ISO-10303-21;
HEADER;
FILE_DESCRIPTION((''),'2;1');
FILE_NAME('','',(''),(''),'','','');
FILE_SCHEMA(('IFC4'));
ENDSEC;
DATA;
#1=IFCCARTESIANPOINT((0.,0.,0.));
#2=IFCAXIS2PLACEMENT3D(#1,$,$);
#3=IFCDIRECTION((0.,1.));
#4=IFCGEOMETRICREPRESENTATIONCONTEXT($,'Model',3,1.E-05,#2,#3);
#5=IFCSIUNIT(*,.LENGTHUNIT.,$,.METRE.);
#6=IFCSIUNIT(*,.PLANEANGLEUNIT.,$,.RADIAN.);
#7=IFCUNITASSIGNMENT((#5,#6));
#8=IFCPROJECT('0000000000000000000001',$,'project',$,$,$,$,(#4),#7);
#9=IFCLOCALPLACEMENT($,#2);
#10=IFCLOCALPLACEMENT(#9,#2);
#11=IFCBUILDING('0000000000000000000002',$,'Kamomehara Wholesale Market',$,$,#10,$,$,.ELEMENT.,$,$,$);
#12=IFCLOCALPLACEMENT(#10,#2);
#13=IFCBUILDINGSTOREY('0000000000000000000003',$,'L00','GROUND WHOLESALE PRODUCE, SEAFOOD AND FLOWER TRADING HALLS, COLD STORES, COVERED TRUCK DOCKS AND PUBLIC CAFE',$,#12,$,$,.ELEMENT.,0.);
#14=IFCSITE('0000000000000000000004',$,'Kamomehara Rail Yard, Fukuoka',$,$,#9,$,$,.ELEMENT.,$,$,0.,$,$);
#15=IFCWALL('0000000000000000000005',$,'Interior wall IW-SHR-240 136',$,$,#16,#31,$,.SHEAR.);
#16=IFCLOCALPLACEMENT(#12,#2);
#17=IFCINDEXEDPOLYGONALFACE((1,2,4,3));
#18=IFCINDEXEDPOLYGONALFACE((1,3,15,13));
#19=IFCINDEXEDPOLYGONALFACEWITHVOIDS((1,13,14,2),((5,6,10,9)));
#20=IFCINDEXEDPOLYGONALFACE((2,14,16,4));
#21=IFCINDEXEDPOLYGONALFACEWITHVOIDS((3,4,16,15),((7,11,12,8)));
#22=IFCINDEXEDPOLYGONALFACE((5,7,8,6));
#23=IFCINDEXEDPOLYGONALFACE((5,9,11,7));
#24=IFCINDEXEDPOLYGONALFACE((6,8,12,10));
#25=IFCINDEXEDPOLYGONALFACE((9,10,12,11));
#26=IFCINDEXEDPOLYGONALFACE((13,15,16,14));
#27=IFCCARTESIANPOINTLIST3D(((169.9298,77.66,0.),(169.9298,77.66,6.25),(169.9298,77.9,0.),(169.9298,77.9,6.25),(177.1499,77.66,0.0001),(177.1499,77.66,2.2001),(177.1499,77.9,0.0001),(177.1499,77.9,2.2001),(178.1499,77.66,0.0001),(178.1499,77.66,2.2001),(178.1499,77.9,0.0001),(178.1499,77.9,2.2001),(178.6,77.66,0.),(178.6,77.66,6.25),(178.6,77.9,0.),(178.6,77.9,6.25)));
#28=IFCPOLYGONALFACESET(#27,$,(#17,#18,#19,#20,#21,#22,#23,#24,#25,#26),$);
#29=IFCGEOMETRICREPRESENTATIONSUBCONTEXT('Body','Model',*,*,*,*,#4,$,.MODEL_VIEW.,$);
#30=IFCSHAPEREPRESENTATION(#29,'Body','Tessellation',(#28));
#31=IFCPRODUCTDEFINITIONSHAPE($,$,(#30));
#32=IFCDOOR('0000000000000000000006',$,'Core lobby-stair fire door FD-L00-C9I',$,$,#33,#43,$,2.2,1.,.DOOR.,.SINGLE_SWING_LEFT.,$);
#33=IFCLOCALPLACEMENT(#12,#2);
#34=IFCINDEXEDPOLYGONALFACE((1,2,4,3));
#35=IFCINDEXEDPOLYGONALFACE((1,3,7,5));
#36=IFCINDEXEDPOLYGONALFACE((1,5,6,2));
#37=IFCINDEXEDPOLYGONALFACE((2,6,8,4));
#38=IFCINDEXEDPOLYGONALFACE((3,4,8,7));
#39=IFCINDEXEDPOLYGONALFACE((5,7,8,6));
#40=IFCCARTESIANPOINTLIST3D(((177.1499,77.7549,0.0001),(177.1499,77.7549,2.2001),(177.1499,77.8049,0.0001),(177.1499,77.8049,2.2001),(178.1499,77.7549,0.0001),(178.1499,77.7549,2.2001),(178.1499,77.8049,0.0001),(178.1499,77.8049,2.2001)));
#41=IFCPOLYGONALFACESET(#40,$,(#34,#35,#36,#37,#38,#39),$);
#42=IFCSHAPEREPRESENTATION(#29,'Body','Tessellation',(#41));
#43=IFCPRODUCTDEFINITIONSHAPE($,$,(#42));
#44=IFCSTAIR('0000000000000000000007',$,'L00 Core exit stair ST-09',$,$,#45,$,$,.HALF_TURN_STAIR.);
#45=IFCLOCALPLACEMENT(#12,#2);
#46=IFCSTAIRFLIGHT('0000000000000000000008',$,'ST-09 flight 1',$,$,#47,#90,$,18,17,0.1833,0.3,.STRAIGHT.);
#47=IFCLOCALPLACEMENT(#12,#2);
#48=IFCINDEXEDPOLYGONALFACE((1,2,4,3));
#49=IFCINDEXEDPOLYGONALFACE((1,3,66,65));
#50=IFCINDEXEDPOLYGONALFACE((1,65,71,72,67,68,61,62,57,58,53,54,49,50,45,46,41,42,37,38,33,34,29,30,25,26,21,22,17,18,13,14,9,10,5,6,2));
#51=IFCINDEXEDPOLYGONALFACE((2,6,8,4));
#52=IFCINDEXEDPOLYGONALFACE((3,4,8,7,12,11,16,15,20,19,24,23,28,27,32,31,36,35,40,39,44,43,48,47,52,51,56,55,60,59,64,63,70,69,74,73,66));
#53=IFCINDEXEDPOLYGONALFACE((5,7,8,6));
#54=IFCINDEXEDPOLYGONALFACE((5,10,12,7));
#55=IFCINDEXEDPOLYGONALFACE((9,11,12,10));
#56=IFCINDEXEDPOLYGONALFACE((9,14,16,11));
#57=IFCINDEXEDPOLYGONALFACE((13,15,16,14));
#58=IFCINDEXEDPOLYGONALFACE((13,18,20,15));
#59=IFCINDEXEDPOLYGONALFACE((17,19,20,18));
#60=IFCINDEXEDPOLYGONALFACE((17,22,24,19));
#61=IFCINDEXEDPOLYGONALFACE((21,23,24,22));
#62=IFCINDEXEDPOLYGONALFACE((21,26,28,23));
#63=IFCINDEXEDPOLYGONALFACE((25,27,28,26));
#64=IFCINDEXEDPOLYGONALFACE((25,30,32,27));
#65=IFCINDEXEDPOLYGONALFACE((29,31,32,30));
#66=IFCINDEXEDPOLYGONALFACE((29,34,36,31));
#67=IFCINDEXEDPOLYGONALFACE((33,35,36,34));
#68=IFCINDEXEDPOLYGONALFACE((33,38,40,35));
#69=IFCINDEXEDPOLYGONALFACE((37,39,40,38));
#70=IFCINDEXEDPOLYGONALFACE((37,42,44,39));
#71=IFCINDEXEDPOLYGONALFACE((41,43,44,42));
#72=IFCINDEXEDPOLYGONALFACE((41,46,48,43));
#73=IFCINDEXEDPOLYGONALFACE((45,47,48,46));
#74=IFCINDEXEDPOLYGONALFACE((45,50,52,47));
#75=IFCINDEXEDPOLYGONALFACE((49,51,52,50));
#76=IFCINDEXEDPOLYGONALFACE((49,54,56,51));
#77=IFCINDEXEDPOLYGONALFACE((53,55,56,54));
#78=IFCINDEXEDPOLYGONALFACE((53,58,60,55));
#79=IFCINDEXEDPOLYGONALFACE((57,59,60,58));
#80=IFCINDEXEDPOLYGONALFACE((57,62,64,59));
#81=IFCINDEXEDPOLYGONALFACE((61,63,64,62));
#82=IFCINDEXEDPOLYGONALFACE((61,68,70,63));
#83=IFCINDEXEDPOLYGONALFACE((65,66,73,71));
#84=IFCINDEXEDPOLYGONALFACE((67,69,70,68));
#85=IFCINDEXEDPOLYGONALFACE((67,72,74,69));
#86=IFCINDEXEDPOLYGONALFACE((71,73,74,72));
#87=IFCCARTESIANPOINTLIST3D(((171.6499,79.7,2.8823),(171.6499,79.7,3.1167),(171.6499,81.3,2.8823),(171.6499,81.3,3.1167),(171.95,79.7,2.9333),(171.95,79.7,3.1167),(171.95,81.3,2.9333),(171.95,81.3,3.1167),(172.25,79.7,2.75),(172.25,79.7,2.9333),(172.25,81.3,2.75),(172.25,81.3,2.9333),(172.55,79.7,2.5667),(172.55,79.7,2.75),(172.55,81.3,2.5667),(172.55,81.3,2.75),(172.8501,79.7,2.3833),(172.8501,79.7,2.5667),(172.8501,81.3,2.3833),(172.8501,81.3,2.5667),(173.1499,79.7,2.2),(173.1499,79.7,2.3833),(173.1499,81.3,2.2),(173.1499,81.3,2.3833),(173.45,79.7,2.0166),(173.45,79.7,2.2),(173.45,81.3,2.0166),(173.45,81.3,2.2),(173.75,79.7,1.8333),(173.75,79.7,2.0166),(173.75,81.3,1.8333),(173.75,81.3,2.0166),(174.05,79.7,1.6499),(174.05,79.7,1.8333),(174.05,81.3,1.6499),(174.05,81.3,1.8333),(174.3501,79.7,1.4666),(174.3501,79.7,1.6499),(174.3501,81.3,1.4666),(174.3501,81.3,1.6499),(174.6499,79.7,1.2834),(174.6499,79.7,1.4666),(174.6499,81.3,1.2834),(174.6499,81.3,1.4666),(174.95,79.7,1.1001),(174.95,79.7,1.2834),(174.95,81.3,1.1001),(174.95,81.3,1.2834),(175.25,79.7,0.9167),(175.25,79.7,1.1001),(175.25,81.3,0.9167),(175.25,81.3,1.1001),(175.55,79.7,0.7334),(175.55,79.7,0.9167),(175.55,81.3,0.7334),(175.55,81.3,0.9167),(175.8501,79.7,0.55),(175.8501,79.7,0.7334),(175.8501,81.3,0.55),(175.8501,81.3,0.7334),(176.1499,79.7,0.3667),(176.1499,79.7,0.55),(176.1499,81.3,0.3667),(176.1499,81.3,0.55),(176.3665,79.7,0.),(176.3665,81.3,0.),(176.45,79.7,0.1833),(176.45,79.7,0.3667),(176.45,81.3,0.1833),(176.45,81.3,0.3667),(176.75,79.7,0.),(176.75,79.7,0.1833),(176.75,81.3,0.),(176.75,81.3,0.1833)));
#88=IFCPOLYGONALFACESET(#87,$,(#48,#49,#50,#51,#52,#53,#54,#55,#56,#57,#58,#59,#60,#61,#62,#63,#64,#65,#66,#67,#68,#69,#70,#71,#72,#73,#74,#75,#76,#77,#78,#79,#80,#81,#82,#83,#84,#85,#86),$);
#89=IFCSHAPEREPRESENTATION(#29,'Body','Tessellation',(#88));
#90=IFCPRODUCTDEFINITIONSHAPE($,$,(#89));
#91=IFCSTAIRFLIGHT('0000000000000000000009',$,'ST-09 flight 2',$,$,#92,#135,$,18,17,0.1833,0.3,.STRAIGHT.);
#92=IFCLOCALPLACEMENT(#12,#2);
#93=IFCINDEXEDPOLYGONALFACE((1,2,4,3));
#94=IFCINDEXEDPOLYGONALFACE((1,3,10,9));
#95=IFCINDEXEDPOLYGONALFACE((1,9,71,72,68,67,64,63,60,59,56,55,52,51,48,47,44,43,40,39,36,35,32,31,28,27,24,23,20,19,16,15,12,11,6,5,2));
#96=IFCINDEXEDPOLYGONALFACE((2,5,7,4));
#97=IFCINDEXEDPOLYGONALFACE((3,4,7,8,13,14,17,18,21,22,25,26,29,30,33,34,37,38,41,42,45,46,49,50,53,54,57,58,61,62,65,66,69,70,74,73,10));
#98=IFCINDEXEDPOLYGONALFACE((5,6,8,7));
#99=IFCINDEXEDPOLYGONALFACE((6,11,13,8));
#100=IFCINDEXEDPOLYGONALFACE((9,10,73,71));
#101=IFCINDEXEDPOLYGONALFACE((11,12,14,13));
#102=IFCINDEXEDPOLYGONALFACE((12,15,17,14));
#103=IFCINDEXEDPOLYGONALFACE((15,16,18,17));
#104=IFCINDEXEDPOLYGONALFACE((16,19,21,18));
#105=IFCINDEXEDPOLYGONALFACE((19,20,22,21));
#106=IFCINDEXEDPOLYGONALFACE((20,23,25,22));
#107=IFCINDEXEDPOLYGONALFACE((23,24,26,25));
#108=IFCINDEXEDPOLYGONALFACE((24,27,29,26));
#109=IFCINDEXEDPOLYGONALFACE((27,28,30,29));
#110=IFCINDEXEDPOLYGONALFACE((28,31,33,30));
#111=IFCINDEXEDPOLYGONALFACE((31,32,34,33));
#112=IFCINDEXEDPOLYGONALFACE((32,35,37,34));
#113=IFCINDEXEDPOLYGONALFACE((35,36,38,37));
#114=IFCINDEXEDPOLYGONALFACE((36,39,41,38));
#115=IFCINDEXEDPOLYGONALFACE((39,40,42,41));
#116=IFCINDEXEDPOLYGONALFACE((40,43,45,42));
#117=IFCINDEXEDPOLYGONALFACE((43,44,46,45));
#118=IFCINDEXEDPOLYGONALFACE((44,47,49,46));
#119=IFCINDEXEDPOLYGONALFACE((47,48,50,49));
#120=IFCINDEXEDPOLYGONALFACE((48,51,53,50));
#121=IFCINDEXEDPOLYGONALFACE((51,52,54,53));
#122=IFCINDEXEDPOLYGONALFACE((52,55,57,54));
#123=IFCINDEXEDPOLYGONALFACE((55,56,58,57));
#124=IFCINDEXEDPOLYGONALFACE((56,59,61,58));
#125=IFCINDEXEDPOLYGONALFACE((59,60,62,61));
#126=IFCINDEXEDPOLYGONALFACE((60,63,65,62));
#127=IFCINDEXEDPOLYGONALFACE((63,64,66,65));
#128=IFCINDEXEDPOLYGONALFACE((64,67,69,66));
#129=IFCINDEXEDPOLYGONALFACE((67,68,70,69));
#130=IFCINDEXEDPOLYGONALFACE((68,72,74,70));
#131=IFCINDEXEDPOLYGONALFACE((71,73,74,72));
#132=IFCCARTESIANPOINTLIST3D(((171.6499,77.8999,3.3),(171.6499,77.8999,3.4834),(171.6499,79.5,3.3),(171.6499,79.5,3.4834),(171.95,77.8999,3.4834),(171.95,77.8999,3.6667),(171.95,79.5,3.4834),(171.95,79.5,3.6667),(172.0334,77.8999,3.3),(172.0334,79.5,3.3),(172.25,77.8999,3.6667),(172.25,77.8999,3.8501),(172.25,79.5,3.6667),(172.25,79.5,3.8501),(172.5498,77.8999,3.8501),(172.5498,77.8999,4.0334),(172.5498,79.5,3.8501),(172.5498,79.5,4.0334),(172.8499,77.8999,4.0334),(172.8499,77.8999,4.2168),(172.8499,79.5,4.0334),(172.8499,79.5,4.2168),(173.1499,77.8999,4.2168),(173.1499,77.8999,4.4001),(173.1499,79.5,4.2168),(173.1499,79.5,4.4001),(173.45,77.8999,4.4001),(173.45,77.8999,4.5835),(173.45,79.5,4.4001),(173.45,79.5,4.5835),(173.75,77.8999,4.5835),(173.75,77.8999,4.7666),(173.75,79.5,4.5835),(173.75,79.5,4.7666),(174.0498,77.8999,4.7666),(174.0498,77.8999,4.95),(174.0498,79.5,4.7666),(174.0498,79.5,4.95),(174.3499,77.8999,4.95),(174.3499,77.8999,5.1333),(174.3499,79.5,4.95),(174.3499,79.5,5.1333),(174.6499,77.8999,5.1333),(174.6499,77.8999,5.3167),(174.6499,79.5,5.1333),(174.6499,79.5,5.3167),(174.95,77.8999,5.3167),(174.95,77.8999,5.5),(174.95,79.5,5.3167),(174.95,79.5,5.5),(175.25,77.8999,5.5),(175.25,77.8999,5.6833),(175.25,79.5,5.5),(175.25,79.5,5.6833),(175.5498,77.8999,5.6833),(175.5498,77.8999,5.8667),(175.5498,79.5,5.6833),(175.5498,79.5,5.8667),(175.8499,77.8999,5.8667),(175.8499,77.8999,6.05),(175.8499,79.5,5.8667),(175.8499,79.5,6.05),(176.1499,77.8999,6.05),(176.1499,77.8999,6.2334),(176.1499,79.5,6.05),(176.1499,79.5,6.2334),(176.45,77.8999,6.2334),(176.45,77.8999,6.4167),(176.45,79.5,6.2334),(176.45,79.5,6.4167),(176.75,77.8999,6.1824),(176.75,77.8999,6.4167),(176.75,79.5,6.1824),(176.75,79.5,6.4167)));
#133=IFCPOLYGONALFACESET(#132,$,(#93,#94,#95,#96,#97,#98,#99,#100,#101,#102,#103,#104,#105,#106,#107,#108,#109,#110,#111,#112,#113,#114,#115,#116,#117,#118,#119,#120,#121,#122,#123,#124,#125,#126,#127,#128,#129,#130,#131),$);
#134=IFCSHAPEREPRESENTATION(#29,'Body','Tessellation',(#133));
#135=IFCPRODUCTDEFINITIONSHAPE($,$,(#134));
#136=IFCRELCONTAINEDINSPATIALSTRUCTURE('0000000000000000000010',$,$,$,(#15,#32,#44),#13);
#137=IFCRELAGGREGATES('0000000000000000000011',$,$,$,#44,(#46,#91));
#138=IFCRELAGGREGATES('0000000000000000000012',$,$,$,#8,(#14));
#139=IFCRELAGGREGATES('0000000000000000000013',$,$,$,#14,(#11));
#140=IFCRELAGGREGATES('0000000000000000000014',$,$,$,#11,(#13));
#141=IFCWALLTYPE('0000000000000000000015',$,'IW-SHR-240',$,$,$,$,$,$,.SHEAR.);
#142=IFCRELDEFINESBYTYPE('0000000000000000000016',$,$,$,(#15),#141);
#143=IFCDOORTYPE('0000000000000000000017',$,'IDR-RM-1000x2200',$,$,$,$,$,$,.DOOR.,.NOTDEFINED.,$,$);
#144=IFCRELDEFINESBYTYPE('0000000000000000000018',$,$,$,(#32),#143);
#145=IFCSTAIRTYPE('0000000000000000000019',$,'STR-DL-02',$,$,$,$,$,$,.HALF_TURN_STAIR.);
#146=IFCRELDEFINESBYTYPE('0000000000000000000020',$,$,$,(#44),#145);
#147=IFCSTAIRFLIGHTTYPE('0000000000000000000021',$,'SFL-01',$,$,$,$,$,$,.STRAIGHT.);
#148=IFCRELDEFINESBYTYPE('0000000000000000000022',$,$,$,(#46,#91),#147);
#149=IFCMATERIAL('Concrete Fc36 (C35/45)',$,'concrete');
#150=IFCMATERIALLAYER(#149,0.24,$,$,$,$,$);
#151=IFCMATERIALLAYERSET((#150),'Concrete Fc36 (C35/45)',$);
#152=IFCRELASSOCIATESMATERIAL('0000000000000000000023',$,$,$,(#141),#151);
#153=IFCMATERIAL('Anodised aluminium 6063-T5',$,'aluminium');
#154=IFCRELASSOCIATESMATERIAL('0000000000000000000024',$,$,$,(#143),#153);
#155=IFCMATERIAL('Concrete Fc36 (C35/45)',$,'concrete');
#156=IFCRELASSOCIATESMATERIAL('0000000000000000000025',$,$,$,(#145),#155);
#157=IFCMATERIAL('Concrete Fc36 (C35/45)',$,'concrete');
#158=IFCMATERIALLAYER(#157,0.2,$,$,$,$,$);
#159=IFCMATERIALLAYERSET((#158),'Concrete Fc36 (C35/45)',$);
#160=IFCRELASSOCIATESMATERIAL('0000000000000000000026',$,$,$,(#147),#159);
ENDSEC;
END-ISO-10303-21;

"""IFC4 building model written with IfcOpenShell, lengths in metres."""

from ifc_helpers import new_model, si_unit, direction, frame, frame_2d, origin, place, context, subcontext, project, spatial, polyline, rectangle, outline, extrude, material, layer, layer_set, type_object, element, fill, aggregate, save


model = new_model("IFC4")

# Units and contexts
model_context = context("Model", 3, precision=1e-05, world=origin(), true_north=direction((0.0, 1.0)))
body_context = subcontext(model_context, "Body", "Model", "MODEL_VIEW")
ifc_project = project(units=[si_unit("LENGTHUNIT", "METRE"), si_unit("PLANEANGLEUNIT", "RADIAN")], contexts=[model_context])

# Site, building, storey
site_placement = place(None, origin())
site = spatial("IfcSite", under=ifc_project, at=site_placement, Name="Kamomehara Rail Yard, Fukuoka", CompositionType="ELEMENT", RefElevation=0.0)
building_placement = place(site_placement, origin())
building = spatial("IfcBuilding", under=site, at=building_placement, Name="Kamomehara Wholesale Market", CompositionType="ELEMENT")
storey_placement = place(building_placement, origin())
storey = spatial("IfcBuildingStorey", under=building, at=storey_placement, Name="L00", Description="GROUND WHOLESALE PRODUCE, SEAFOOD AND FLOWER TRADING HALLS, COLD STORES, COVERED TRUCK DOCKS AND PUBLIC CAFE", CompositionType="ELEMENT", Elevation=0.0)

# Shared definitions
ifc_material_1 = material(Name="Concrete Fc36 (C35/45)", Category="concrete")
ifc_layer_1 = layer(ifc_material_1, 0.24)
ifc_layer_set_1 = layer_set([ifc_layer_1], Name="Concrete Fc36 (C35/45)")
wall_type_1 = type_object("IfcWallType", Name="IW-SHR-240", PredefinedType="SHEAR", material=ifc_layer_set_1)

# Wall, opening, door
wall_1_placement = place(storey_placement, frame((169.9299, 77.78, 0.0), z_axis=(0.0, 0.0, 1.0), x_axis=(1.0, 0.0, 0.0)))
wall_1 = element("IfcWall", 1, at=wall_1_placement, inside=storey, type_object=wall_type_1, Name="Interior wall IW-SHR-240 136", PredefinedType="SHEAR", context=body_context, shape_type="SweptSolid", body=[
    extrude(rectangle(XDim=8.6702, YDim=0.24, at=frame_2d((4.335, 0.0))), origin(), (0.0, 0.0, 1.0), 6.25),
])
opening_1_placement = place(wall_1_placement, frame((7.22, 0.0, 0.0)))
opening_1 = element("IfcOpeningElement", 2, at=opening_1_placement, cuts=wall_1, PredefinedType="OPENING", context=body_context, shape_type="SweptSolid", body=[
    extrude(rectangle(XDim=1.0, YDim=2.2, at=frame_2d((0.5, 1.1001))), frame((0.0, 0.1348, 0.0), z_axis=(0.0, -1.0, 0.0), x_axis=(1.0, 0.0, 0.0)), (0.0, 0.0, 1.0), 0.2698),
])
ifc_material_2 = material(Name="Anodised aluminium 6063-T5", Category="aluminium")
door_type_1 = type_object("IfcDoorType", Name="IDR-RM-1000x2200", OperationType="NOTDEFINED", PredefinedType="DOOR", material=ifc_material_2)
door_1_placement = place(opening_1_placement, origin())
door_1 = element("IfcDoor", 3, at=door_1_placement, inside=storey, type_object=door_type_1, Name="Core lobby-stair fire door FD-L00-C9I", OperationType="SINGLE_SWING_LEFT", OverallHeight=2.2, OverallWidth=1.0, PredefinedType="DOOR", context=body_context, shape_type="SweptSolid", body=[
    extrude(rectangle(XDim=1.0, YDim=2.2, at=frame_2d((0.5, 1.1001))), frame((0.0, 0.0249, 0.0), z_axis=(0.0, -1.0, 0.0), x_axis=(1.0, 0.0, 0.0)), (0.0, 0.0, 1.0), 0.05),
])
fill(opening_1, door_1)

# Stair, stair flights
ifc_material_3 = material(Name="Concrete Fc36 (C35/45)", Category="concrete")
stair_type = type_object("IfcStairType", Name="STR-DL-02", PredefinedType="HALF_TURN_STAIR", material=ifc_material_3)
stair_placement = place(storey_placement, origin())
stair = element("IfcStair", 4, at=stair_placement, inside=storey, type_object=stair_type, Name="L00 Core exit stair ST-09", PredefinedType="HALF_TURN_STAIR")
ifc_material_4 = material(Name="Concrete Fc36 (C35/45)", Category="concrete")
ifc_layer_2 = layer(ifc_material_4, 0.2)
ifc_layer_set_2 = layer_set([ifc_layer_2], Name="Concrete Fc36 (C35/45)")
stair_flight_type = type_object("IfcStairFlightType", Name="SFL-01", PredefinedType="STRAIGHT", material=ifc_layer_set_2)
stair_flight_1_placement = place(storey_placement, frame((176.75, 80.5, 0.0), z_axis=(0.0, 0.0, 1.0), x_axis=(-1.0, 0.0, 0.0)))
stair_flight_1 = element("IfcStairFlight", 5, at=stair_flight_1_placement, type_object=stair_flight_type, Name="ST-09 flight 1", NumberOfRisers=18, NumberOfTreads=17, PredefinedType="STRAIGHT", RiserHeight=0.1833, TreadLength=0.3, context=body_context, shape_type="SweptSolid", body=[
    extrude(outline(polyline([(0.0, 0.0), (0.0, 0.1833), (0.3, 0.1833), (0.3, 0.3667), (0.6001, 0.3667), (0.6001, 0.55), (0.8999, 0.55), (0.8999, 0.7334), (1.2, 0.7334), (1.2, 0.9167), (1.5, 0.9167), (1.5, 1.1001), (1.8, 1.1001), (1.8, 1.2834), (2.1001, 1.2834), (2.1001, 1.4666), (2.3999, 1.4666), (2.3999, 1.6499), (2.7, 1.6499), (2.7, 1.8333), (3.0, 1.8333), (3.0, 2.0166), (3.3, 2.0166), (3.3, 2.2), (3.6001, 2.2), (3.6001, 2.3833), (3.8999, 2.3833), (3.8999, 2.5667), (4.2, 2.5667), (4.2, 2.75), (4.5, 2.75), (4.5, 2.9333), (4.8, 2.9333), (4.8, 3.1167), (5.1001, 3.1167), (5.1001, 3.3), (5.1001, 2.8823), (0.3835, 0.0), (0.0, 0.0)])), frame((0.0, 0.8, 0.0), z_axis=(0.0, -1.0, 0.0), x_axis=(1.0, 0.0, 0.0)), (0.0, 0.0, 1.0), 1.6001),
])
stair_flight_2_placement = place(storey_placement, frame((171.6499, 78.7, 3.3), z_axis=(0.0, 0.0, 1.0), x_axis=(1.0, 0.0, 0.0)))
stair_flight_2 = element("IfcStairFlight", 6, at=stair_flight_2_placement, type_object=stair_flight_type, Name="ST-09 flight 2", NumberOfRisers=18, NumberOfTreads=17, PredefinedType="STRAIGHT", RiserHeight=0.1833, TreadLength=0.3, context=body_context, shape_type="SweptSolid", body=[
    extrude(outline(polyline([(0.0, 0.0), (0.0, 0.1833), (0.3, 0.1833), (0.3, 0.3667), (0.6001, 0.3667), (0.6001, 0.55), (0.8999, 0.55), (0.8999, 0.7334), (1.2, 0.7334), (1.2, 0.9167), (1.5, 0.9167), (1.5, 1.1001), (1.8, 1.1001), (1.8, 1.2834), (2.1001, 1.2834), (2.1001, 1.4666), (2.3999, 1.4666), (2.3999, 1.6499), (2.7, 1.6499), (2.7, 1.8333), (3.0, 1.8333), (3.0, 2.0166), (3.3, 2.0166), (3.3, 2.2), (3.6001, 2.2), (3.6001, 2.3833), (3.8999, 2.3833), (3.8999, 2.5667), (4.2, 2.5667), (4.2, 2.75), (4.5, 2.75), (4.5, 2.9333), (4.8, 2.9333), (4.8, 3.1167), (5.1001, 3.1167), (5.1001, 3.3), (5.1001, 2.8823), (0.3835, 0.0), (0.0, 0.0)])), frame((0.0, 0.8, 0.0), z_axis=(0.0, -1.0, 0.0), x_axis=(1.0, 0.0, 0.0)), (0.0, 0.0, 1.0), 1.6001),
])
aggregate(stair, [stair_flight_1, stair_flight_2])

save(model, "model.ifc")
